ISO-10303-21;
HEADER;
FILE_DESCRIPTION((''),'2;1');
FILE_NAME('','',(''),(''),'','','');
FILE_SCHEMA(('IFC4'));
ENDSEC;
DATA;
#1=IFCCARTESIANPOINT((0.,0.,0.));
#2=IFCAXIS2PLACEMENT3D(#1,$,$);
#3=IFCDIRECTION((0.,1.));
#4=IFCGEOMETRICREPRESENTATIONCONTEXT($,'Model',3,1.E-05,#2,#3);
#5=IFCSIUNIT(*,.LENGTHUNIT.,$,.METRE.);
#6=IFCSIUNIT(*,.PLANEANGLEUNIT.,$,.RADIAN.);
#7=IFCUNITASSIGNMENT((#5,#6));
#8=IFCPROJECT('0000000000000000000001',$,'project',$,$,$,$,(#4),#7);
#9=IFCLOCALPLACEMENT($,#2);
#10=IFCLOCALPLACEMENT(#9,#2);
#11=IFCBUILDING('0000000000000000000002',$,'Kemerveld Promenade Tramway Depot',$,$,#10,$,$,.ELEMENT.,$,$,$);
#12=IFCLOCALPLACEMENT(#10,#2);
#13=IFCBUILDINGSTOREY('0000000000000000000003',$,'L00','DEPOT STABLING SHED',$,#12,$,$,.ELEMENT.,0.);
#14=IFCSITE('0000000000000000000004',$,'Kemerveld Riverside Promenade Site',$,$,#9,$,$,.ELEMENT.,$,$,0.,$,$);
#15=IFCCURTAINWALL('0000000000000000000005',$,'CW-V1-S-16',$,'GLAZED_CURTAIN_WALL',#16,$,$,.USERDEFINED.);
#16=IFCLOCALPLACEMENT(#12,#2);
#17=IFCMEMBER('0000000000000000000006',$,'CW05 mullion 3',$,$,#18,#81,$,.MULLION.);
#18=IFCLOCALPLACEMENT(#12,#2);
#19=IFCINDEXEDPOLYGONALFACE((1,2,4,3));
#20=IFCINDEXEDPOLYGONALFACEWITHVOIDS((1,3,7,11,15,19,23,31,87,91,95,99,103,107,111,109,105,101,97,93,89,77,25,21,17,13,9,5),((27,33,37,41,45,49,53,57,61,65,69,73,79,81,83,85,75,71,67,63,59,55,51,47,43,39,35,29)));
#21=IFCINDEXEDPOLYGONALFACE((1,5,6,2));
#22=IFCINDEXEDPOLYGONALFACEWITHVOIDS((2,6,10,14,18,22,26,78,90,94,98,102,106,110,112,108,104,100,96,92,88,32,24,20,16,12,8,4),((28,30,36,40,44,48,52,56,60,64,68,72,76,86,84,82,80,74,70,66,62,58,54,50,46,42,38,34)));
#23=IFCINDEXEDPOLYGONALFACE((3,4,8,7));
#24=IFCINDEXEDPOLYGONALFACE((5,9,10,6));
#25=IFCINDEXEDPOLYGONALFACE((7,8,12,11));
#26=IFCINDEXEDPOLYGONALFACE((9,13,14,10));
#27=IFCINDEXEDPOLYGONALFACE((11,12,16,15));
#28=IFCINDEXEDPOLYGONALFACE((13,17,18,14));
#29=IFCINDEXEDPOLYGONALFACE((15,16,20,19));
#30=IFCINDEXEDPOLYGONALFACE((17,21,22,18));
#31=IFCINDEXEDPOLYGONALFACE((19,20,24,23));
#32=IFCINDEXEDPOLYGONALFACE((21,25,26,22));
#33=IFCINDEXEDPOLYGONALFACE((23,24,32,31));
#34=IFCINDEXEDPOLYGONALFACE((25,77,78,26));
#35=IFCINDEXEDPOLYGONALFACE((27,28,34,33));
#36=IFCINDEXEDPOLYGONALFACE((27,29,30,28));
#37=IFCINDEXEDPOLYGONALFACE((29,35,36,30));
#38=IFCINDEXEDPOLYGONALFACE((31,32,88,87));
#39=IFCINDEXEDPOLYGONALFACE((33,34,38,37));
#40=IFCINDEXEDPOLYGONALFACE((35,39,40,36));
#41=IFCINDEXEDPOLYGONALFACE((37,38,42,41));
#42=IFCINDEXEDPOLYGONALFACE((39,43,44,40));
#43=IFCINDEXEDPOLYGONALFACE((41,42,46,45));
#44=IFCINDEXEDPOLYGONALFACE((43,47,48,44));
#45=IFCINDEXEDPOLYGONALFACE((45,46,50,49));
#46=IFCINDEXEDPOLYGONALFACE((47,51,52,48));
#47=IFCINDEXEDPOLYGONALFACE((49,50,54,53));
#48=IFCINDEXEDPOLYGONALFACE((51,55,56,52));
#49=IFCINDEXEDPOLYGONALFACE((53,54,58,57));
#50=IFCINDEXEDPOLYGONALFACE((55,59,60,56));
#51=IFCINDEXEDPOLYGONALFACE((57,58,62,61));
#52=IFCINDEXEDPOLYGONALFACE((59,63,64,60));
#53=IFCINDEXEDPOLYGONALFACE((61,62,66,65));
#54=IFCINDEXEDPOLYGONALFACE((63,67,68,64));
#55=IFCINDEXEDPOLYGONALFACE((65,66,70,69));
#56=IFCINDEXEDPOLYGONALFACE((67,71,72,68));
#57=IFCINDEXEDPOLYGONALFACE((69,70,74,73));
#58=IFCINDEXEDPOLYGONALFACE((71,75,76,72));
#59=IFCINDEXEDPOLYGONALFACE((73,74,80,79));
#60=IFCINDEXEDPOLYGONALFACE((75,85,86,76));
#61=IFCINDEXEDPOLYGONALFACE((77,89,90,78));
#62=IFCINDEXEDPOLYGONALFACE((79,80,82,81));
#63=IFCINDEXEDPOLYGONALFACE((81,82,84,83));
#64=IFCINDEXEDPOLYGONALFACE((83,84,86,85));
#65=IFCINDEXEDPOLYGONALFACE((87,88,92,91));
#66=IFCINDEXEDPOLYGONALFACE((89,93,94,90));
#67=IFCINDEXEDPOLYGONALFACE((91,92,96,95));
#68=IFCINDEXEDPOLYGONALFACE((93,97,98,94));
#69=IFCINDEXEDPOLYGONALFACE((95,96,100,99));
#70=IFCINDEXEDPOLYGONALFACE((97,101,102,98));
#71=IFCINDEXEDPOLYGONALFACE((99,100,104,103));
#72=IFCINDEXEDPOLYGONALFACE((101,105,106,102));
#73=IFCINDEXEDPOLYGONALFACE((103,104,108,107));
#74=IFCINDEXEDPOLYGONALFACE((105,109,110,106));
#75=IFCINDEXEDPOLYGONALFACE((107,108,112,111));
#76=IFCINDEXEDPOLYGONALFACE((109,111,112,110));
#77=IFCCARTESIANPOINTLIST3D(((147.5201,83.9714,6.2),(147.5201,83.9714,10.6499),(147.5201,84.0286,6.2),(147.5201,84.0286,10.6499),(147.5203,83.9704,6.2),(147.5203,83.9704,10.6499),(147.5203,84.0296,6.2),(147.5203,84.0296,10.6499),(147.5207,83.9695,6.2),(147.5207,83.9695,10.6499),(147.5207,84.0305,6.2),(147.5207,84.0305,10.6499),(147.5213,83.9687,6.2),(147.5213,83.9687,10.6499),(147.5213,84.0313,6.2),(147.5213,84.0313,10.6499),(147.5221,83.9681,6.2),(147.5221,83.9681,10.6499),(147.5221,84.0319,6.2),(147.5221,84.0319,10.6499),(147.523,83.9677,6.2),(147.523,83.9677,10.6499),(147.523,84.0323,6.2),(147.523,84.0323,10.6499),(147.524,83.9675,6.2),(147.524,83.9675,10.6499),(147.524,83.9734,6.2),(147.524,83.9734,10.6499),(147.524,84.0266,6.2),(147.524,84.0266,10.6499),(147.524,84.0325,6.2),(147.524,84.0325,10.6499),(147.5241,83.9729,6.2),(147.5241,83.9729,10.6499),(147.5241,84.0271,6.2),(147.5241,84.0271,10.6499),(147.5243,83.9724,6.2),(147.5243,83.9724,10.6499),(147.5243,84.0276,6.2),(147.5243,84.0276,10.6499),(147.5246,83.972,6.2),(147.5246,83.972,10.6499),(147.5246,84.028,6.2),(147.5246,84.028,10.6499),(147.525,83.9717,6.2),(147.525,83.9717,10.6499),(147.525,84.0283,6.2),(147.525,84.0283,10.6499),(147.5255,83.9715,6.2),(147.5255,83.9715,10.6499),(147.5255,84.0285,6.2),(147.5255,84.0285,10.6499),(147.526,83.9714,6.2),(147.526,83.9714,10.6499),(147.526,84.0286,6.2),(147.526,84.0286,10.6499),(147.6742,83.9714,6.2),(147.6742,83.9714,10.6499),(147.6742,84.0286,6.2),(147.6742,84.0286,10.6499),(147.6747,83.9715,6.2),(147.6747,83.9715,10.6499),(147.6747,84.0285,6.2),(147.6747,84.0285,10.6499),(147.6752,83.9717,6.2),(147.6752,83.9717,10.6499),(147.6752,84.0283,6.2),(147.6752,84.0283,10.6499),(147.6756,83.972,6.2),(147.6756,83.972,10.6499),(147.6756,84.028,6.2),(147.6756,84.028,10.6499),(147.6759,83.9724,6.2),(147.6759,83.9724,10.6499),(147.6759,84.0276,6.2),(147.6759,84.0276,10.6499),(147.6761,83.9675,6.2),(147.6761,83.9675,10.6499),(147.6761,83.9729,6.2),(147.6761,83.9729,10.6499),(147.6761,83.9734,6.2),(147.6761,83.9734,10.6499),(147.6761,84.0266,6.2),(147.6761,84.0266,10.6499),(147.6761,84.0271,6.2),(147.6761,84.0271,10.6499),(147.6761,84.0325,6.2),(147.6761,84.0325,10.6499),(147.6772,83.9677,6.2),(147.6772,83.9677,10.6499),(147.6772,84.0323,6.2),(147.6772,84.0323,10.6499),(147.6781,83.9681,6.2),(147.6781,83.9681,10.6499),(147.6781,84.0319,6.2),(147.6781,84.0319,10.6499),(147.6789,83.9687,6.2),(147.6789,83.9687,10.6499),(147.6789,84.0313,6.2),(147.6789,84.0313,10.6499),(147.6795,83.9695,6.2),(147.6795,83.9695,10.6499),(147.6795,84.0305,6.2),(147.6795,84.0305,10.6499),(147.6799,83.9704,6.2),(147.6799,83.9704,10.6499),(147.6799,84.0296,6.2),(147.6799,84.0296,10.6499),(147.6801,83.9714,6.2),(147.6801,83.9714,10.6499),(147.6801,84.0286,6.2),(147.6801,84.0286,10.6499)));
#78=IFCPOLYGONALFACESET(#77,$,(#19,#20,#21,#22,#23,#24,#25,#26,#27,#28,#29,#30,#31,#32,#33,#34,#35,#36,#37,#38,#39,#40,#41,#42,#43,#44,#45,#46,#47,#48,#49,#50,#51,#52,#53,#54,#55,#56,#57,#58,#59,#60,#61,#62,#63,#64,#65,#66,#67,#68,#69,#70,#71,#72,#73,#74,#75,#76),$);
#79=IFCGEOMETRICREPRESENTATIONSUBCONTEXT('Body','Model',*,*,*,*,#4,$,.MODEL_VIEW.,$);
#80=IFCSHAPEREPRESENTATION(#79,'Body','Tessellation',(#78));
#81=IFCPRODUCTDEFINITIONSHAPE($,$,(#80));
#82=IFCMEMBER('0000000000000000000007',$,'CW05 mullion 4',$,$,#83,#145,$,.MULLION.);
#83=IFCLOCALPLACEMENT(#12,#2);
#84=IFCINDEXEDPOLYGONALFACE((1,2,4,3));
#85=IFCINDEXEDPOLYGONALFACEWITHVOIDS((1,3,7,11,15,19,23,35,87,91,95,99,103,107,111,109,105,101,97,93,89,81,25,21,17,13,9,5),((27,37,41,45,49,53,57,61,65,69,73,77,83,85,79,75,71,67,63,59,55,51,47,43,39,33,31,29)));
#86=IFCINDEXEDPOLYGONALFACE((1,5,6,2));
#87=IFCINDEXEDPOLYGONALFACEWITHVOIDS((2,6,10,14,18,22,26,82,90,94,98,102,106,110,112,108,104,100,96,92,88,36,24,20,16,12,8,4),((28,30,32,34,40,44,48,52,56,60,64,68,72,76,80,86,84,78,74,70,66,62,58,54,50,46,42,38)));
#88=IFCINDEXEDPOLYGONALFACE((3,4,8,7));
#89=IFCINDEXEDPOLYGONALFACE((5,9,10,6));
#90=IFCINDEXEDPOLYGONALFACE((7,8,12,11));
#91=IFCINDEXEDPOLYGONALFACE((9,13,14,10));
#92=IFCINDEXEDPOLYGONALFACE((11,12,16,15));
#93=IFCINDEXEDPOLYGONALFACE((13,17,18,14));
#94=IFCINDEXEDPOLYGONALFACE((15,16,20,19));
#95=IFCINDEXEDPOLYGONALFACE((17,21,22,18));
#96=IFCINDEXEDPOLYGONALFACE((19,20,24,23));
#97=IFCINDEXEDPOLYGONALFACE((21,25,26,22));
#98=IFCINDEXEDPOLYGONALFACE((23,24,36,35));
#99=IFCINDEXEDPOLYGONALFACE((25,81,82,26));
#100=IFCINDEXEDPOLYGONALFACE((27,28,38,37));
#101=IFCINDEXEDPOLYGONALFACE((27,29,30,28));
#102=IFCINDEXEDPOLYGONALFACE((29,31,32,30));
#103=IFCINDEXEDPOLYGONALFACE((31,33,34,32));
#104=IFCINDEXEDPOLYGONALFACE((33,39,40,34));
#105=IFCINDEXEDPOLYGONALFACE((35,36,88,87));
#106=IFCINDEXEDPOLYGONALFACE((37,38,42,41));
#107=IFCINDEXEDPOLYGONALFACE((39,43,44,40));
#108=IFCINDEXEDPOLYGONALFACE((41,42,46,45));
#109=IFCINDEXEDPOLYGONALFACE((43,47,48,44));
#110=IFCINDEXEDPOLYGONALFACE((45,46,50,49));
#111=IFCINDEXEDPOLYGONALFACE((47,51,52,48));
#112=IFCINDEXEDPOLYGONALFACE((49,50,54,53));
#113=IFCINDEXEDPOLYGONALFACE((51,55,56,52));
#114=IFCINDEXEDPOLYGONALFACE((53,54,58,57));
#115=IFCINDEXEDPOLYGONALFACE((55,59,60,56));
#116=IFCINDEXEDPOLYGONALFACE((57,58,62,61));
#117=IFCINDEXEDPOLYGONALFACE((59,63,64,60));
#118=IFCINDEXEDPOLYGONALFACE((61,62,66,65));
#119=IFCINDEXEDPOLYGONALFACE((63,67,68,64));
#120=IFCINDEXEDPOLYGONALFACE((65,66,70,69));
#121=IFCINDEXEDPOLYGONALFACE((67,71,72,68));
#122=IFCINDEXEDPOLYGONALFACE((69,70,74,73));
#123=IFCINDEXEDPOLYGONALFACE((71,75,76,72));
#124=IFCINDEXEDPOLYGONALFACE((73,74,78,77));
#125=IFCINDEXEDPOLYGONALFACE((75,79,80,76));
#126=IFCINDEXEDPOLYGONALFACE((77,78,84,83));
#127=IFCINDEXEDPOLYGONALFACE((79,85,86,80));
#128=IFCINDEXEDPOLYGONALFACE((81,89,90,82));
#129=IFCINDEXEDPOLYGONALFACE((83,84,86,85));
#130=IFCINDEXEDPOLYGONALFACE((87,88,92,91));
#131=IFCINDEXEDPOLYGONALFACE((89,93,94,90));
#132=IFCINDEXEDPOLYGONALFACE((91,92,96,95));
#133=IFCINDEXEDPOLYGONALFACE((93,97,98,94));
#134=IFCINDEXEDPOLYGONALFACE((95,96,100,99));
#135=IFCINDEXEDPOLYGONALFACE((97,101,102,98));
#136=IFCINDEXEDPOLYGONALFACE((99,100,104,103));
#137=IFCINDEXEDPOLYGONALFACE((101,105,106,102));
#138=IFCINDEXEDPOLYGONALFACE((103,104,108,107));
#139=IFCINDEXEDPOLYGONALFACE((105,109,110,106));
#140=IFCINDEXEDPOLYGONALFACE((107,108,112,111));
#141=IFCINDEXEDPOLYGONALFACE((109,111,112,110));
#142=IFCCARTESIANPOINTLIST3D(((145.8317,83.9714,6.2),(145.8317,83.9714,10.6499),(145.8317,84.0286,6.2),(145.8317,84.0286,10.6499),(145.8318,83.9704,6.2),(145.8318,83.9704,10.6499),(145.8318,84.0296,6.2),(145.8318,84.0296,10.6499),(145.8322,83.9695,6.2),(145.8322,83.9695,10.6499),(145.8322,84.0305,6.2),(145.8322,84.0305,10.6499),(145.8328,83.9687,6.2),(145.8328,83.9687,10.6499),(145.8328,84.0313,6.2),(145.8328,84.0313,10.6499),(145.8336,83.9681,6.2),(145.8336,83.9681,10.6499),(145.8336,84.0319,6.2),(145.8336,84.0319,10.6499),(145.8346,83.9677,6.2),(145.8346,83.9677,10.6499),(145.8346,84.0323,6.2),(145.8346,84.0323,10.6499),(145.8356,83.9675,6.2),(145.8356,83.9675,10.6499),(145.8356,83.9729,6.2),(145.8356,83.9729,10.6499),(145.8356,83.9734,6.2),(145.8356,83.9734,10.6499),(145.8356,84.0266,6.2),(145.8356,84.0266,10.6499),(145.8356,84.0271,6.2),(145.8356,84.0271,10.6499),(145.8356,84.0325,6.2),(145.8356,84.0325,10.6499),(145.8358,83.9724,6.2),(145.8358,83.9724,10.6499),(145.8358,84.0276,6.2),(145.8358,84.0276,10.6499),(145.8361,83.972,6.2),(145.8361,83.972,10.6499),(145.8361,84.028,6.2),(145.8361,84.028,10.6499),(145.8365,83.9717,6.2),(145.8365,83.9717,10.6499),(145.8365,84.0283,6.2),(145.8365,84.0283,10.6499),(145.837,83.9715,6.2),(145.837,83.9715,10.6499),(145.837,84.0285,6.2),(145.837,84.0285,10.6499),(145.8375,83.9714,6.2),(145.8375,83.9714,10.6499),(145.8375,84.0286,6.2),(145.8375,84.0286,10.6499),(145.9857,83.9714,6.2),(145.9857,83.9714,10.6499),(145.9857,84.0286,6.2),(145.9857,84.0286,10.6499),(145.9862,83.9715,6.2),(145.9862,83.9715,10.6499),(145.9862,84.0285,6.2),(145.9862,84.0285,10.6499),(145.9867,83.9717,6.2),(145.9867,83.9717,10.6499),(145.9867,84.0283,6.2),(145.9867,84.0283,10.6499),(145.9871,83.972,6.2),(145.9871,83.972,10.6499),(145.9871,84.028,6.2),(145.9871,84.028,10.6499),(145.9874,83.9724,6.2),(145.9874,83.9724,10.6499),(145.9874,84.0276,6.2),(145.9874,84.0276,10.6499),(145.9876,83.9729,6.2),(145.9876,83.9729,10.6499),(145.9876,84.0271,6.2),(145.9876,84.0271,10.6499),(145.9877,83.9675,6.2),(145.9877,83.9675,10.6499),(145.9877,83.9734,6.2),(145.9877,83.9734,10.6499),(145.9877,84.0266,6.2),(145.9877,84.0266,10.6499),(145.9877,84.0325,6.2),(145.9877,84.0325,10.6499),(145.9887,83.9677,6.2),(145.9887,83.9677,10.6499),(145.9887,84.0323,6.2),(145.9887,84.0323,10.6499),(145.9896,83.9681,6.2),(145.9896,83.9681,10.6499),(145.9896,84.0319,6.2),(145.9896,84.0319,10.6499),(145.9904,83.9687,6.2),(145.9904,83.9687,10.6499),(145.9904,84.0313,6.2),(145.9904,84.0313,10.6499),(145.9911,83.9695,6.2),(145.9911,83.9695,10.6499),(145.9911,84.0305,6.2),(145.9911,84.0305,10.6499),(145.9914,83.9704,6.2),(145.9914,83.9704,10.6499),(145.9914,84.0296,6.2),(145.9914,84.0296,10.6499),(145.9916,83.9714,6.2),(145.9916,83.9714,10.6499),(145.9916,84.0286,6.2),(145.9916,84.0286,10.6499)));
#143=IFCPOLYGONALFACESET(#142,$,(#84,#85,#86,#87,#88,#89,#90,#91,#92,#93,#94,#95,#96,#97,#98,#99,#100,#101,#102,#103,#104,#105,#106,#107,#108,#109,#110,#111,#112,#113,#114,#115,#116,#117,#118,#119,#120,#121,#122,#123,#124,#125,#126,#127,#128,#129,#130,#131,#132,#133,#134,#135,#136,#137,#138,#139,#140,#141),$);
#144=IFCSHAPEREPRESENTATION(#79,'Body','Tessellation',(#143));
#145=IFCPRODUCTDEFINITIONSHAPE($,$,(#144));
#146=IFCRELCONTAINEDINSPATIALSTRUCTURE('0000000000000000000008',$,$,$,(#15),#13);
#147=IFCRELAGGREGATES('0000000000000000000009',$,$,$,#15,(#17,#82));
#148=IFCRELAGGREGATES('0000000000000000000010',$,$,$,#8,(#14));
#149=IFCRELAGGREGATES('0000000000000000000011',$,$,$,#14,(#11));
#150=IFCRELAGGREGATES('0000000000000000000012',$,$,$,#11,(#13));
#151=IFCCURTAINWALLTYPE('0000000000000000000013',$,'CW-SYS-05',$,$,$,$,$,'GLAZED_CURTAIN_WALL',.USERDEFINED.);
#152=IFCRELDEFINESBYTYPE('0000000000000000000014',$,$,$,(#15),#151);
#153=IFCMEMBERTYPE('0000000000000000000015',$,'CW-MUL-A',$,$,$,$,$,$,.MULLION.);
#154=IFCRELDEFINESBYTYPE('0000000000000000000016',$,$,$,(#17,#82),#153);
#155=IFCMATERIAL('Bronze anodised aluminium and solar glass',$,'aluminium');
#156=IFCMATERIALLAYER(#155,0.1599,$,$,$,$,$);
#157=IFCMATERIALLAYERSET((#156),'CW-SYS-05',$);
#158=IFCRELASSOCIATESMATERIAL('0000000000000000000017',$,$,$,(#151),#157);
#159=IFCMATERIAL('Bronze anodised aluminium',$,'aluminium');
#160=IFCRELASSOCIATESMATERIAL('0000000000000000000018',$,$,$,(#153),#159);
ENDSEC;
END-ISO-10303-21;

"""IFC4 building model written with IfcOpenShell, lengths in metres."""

from ifc_helpers import new_model, si_unit, direction, frame, origin, origin_2d, place, context, subcontext, project, spatial, hollow_rectangle, extrude, material, layer, layer_set, material_profile, profile_set, type_object, element, aggregate, save


model = new_model("IFC4")

# Units and contexts
model_context = context("Model", 3, precision=1e-05, world=origin(), true_north=direction((0.0, 1.0)))
body_context = subcontext(model_context, "Body", "Model", "MODEL_VIEW")
ifc_project = project(units=[si_unit("LENGTHUNIT", "METRE"), si_unit("PLANEANGLEUNIT", "RADIAN")], contexts=[model_context])

# Site, building, storey
site_placement = place(None, origin())
site = spatial("IfcSite", under=ifc_project, at=site_placement, Name="Kemerveld Riverside Promenade Site", CompositionType="ELEMENT", RefElevation=0.0)
building_placement = place(site_placement, origin())
building = spatial("IfcBuilding", under=site, at=building_placement, Name="Kemerveld Promenade Tramway Depot", CompositionType="ELEMENT")
storey_placement = place(building_placement, origin())
storey = spatial("IfcBuildingStorey", under=building, at=storey_placement, Name="L00", Description="DEPOT STABLING SHED", CompositionType="ELEMENT", Elevation=0.0)

# Curtain wall, members
ifc_material_1 = material(Name="Bronze anodised aluminium and solar glass", Category="aluminium")
ifc_layer_1 = layer(ifc_material_1, 0.1599)
ifc_layer_set_1 = layer_set([ifc_layer_1], Name="CW-SYS-05")
curtain_wall_type = type_object("IfcCurtainWallType", Name="CW-SYS-05", ElementType="GLAZED_CURTAIN_WALL", PredefinedType="USERDEFINED", material=ifc_layer_set_1)
curtain_wall_placement = place(storey_placement, origin())
curtain_wall = element("IfcCurtainWall", 1, at=curtain_wall_placement, inside=storey, type_object=curtain_wall_type, Name="CW-V1-S-16", ObjectType="GLAZED_CURTAIN_WALL", PredefinedType="USERDEFINED")
ifc_material_2 = material(Name="Bronze anodised aluminium", Category="aluminium")
ifc_material_profile_1 = material_profile(ifc_material_2, hollow_rectangle(XDim=0.0649, YDim=0.1599, WallThickness=0.0039, InnerFilletRadius=0.002, OuterFilletRadius=0.0039, at=origin_2d()), Name="CW-MUL-160x65")
ifc_profile_set_1 = profile_set([ifc_material_profile_1], Name="Bronze anodised aluminium")
member_type_1 = type_object("IfcMemberType", Name="CW-MUL-A", PredefinedType="MULLION", material=ifc_profile_set_1)
member_1_placement = place(storey_placement, frame((147.6001, 84.0, 6.2), z_axis=(0.0, 0.0, 1.0), x_axis=(0.0, -1.0, 0.0)))
member_1 = element("IfcMember", 2, at=member_1_placement, type_object=member_type_1, Name="CW05 mullion 3", PredefinedType="MULLION", context=body_context, shape_type="SweptSolid", body=[
    extrude(hollow_rectangle(XDim=0.0649, YDim=0.1599, WallThickness=0.0039, InnerFilletRadius=0.002, OuterFilletRadius=0.0039, at=origin_2d()), origin(), (0.0, 0.0, 1.0), 4.45),
])
member_2_placement = place(storey_placement, frame((145.9116, 84.0, 6.2), z_axis=(0.0, 0.0, 1.0), x_axis=(0.0, -1.0, 0.0)))
member_2 = element("IfcMember", 3, at=member_2_placement, type_object=member_type_1, Name="CW05 mullion 4", PredefinedType="MULLION", context=body_context, shape_type="SweptSolid", body=[
    extrude(hollow_rectangle(XDim=0.0649, YDim=0.1599, WallThickness=0.0039, InnerFilletRadius=0.002, OuterFilletRadius=0.0039, at=origin_2d()), origin(), (0.0, 0.0, 1.0), 4.45),
])

aggregate(curtain_wall, [member_1, member_2])

save(model, "model.ifc")
